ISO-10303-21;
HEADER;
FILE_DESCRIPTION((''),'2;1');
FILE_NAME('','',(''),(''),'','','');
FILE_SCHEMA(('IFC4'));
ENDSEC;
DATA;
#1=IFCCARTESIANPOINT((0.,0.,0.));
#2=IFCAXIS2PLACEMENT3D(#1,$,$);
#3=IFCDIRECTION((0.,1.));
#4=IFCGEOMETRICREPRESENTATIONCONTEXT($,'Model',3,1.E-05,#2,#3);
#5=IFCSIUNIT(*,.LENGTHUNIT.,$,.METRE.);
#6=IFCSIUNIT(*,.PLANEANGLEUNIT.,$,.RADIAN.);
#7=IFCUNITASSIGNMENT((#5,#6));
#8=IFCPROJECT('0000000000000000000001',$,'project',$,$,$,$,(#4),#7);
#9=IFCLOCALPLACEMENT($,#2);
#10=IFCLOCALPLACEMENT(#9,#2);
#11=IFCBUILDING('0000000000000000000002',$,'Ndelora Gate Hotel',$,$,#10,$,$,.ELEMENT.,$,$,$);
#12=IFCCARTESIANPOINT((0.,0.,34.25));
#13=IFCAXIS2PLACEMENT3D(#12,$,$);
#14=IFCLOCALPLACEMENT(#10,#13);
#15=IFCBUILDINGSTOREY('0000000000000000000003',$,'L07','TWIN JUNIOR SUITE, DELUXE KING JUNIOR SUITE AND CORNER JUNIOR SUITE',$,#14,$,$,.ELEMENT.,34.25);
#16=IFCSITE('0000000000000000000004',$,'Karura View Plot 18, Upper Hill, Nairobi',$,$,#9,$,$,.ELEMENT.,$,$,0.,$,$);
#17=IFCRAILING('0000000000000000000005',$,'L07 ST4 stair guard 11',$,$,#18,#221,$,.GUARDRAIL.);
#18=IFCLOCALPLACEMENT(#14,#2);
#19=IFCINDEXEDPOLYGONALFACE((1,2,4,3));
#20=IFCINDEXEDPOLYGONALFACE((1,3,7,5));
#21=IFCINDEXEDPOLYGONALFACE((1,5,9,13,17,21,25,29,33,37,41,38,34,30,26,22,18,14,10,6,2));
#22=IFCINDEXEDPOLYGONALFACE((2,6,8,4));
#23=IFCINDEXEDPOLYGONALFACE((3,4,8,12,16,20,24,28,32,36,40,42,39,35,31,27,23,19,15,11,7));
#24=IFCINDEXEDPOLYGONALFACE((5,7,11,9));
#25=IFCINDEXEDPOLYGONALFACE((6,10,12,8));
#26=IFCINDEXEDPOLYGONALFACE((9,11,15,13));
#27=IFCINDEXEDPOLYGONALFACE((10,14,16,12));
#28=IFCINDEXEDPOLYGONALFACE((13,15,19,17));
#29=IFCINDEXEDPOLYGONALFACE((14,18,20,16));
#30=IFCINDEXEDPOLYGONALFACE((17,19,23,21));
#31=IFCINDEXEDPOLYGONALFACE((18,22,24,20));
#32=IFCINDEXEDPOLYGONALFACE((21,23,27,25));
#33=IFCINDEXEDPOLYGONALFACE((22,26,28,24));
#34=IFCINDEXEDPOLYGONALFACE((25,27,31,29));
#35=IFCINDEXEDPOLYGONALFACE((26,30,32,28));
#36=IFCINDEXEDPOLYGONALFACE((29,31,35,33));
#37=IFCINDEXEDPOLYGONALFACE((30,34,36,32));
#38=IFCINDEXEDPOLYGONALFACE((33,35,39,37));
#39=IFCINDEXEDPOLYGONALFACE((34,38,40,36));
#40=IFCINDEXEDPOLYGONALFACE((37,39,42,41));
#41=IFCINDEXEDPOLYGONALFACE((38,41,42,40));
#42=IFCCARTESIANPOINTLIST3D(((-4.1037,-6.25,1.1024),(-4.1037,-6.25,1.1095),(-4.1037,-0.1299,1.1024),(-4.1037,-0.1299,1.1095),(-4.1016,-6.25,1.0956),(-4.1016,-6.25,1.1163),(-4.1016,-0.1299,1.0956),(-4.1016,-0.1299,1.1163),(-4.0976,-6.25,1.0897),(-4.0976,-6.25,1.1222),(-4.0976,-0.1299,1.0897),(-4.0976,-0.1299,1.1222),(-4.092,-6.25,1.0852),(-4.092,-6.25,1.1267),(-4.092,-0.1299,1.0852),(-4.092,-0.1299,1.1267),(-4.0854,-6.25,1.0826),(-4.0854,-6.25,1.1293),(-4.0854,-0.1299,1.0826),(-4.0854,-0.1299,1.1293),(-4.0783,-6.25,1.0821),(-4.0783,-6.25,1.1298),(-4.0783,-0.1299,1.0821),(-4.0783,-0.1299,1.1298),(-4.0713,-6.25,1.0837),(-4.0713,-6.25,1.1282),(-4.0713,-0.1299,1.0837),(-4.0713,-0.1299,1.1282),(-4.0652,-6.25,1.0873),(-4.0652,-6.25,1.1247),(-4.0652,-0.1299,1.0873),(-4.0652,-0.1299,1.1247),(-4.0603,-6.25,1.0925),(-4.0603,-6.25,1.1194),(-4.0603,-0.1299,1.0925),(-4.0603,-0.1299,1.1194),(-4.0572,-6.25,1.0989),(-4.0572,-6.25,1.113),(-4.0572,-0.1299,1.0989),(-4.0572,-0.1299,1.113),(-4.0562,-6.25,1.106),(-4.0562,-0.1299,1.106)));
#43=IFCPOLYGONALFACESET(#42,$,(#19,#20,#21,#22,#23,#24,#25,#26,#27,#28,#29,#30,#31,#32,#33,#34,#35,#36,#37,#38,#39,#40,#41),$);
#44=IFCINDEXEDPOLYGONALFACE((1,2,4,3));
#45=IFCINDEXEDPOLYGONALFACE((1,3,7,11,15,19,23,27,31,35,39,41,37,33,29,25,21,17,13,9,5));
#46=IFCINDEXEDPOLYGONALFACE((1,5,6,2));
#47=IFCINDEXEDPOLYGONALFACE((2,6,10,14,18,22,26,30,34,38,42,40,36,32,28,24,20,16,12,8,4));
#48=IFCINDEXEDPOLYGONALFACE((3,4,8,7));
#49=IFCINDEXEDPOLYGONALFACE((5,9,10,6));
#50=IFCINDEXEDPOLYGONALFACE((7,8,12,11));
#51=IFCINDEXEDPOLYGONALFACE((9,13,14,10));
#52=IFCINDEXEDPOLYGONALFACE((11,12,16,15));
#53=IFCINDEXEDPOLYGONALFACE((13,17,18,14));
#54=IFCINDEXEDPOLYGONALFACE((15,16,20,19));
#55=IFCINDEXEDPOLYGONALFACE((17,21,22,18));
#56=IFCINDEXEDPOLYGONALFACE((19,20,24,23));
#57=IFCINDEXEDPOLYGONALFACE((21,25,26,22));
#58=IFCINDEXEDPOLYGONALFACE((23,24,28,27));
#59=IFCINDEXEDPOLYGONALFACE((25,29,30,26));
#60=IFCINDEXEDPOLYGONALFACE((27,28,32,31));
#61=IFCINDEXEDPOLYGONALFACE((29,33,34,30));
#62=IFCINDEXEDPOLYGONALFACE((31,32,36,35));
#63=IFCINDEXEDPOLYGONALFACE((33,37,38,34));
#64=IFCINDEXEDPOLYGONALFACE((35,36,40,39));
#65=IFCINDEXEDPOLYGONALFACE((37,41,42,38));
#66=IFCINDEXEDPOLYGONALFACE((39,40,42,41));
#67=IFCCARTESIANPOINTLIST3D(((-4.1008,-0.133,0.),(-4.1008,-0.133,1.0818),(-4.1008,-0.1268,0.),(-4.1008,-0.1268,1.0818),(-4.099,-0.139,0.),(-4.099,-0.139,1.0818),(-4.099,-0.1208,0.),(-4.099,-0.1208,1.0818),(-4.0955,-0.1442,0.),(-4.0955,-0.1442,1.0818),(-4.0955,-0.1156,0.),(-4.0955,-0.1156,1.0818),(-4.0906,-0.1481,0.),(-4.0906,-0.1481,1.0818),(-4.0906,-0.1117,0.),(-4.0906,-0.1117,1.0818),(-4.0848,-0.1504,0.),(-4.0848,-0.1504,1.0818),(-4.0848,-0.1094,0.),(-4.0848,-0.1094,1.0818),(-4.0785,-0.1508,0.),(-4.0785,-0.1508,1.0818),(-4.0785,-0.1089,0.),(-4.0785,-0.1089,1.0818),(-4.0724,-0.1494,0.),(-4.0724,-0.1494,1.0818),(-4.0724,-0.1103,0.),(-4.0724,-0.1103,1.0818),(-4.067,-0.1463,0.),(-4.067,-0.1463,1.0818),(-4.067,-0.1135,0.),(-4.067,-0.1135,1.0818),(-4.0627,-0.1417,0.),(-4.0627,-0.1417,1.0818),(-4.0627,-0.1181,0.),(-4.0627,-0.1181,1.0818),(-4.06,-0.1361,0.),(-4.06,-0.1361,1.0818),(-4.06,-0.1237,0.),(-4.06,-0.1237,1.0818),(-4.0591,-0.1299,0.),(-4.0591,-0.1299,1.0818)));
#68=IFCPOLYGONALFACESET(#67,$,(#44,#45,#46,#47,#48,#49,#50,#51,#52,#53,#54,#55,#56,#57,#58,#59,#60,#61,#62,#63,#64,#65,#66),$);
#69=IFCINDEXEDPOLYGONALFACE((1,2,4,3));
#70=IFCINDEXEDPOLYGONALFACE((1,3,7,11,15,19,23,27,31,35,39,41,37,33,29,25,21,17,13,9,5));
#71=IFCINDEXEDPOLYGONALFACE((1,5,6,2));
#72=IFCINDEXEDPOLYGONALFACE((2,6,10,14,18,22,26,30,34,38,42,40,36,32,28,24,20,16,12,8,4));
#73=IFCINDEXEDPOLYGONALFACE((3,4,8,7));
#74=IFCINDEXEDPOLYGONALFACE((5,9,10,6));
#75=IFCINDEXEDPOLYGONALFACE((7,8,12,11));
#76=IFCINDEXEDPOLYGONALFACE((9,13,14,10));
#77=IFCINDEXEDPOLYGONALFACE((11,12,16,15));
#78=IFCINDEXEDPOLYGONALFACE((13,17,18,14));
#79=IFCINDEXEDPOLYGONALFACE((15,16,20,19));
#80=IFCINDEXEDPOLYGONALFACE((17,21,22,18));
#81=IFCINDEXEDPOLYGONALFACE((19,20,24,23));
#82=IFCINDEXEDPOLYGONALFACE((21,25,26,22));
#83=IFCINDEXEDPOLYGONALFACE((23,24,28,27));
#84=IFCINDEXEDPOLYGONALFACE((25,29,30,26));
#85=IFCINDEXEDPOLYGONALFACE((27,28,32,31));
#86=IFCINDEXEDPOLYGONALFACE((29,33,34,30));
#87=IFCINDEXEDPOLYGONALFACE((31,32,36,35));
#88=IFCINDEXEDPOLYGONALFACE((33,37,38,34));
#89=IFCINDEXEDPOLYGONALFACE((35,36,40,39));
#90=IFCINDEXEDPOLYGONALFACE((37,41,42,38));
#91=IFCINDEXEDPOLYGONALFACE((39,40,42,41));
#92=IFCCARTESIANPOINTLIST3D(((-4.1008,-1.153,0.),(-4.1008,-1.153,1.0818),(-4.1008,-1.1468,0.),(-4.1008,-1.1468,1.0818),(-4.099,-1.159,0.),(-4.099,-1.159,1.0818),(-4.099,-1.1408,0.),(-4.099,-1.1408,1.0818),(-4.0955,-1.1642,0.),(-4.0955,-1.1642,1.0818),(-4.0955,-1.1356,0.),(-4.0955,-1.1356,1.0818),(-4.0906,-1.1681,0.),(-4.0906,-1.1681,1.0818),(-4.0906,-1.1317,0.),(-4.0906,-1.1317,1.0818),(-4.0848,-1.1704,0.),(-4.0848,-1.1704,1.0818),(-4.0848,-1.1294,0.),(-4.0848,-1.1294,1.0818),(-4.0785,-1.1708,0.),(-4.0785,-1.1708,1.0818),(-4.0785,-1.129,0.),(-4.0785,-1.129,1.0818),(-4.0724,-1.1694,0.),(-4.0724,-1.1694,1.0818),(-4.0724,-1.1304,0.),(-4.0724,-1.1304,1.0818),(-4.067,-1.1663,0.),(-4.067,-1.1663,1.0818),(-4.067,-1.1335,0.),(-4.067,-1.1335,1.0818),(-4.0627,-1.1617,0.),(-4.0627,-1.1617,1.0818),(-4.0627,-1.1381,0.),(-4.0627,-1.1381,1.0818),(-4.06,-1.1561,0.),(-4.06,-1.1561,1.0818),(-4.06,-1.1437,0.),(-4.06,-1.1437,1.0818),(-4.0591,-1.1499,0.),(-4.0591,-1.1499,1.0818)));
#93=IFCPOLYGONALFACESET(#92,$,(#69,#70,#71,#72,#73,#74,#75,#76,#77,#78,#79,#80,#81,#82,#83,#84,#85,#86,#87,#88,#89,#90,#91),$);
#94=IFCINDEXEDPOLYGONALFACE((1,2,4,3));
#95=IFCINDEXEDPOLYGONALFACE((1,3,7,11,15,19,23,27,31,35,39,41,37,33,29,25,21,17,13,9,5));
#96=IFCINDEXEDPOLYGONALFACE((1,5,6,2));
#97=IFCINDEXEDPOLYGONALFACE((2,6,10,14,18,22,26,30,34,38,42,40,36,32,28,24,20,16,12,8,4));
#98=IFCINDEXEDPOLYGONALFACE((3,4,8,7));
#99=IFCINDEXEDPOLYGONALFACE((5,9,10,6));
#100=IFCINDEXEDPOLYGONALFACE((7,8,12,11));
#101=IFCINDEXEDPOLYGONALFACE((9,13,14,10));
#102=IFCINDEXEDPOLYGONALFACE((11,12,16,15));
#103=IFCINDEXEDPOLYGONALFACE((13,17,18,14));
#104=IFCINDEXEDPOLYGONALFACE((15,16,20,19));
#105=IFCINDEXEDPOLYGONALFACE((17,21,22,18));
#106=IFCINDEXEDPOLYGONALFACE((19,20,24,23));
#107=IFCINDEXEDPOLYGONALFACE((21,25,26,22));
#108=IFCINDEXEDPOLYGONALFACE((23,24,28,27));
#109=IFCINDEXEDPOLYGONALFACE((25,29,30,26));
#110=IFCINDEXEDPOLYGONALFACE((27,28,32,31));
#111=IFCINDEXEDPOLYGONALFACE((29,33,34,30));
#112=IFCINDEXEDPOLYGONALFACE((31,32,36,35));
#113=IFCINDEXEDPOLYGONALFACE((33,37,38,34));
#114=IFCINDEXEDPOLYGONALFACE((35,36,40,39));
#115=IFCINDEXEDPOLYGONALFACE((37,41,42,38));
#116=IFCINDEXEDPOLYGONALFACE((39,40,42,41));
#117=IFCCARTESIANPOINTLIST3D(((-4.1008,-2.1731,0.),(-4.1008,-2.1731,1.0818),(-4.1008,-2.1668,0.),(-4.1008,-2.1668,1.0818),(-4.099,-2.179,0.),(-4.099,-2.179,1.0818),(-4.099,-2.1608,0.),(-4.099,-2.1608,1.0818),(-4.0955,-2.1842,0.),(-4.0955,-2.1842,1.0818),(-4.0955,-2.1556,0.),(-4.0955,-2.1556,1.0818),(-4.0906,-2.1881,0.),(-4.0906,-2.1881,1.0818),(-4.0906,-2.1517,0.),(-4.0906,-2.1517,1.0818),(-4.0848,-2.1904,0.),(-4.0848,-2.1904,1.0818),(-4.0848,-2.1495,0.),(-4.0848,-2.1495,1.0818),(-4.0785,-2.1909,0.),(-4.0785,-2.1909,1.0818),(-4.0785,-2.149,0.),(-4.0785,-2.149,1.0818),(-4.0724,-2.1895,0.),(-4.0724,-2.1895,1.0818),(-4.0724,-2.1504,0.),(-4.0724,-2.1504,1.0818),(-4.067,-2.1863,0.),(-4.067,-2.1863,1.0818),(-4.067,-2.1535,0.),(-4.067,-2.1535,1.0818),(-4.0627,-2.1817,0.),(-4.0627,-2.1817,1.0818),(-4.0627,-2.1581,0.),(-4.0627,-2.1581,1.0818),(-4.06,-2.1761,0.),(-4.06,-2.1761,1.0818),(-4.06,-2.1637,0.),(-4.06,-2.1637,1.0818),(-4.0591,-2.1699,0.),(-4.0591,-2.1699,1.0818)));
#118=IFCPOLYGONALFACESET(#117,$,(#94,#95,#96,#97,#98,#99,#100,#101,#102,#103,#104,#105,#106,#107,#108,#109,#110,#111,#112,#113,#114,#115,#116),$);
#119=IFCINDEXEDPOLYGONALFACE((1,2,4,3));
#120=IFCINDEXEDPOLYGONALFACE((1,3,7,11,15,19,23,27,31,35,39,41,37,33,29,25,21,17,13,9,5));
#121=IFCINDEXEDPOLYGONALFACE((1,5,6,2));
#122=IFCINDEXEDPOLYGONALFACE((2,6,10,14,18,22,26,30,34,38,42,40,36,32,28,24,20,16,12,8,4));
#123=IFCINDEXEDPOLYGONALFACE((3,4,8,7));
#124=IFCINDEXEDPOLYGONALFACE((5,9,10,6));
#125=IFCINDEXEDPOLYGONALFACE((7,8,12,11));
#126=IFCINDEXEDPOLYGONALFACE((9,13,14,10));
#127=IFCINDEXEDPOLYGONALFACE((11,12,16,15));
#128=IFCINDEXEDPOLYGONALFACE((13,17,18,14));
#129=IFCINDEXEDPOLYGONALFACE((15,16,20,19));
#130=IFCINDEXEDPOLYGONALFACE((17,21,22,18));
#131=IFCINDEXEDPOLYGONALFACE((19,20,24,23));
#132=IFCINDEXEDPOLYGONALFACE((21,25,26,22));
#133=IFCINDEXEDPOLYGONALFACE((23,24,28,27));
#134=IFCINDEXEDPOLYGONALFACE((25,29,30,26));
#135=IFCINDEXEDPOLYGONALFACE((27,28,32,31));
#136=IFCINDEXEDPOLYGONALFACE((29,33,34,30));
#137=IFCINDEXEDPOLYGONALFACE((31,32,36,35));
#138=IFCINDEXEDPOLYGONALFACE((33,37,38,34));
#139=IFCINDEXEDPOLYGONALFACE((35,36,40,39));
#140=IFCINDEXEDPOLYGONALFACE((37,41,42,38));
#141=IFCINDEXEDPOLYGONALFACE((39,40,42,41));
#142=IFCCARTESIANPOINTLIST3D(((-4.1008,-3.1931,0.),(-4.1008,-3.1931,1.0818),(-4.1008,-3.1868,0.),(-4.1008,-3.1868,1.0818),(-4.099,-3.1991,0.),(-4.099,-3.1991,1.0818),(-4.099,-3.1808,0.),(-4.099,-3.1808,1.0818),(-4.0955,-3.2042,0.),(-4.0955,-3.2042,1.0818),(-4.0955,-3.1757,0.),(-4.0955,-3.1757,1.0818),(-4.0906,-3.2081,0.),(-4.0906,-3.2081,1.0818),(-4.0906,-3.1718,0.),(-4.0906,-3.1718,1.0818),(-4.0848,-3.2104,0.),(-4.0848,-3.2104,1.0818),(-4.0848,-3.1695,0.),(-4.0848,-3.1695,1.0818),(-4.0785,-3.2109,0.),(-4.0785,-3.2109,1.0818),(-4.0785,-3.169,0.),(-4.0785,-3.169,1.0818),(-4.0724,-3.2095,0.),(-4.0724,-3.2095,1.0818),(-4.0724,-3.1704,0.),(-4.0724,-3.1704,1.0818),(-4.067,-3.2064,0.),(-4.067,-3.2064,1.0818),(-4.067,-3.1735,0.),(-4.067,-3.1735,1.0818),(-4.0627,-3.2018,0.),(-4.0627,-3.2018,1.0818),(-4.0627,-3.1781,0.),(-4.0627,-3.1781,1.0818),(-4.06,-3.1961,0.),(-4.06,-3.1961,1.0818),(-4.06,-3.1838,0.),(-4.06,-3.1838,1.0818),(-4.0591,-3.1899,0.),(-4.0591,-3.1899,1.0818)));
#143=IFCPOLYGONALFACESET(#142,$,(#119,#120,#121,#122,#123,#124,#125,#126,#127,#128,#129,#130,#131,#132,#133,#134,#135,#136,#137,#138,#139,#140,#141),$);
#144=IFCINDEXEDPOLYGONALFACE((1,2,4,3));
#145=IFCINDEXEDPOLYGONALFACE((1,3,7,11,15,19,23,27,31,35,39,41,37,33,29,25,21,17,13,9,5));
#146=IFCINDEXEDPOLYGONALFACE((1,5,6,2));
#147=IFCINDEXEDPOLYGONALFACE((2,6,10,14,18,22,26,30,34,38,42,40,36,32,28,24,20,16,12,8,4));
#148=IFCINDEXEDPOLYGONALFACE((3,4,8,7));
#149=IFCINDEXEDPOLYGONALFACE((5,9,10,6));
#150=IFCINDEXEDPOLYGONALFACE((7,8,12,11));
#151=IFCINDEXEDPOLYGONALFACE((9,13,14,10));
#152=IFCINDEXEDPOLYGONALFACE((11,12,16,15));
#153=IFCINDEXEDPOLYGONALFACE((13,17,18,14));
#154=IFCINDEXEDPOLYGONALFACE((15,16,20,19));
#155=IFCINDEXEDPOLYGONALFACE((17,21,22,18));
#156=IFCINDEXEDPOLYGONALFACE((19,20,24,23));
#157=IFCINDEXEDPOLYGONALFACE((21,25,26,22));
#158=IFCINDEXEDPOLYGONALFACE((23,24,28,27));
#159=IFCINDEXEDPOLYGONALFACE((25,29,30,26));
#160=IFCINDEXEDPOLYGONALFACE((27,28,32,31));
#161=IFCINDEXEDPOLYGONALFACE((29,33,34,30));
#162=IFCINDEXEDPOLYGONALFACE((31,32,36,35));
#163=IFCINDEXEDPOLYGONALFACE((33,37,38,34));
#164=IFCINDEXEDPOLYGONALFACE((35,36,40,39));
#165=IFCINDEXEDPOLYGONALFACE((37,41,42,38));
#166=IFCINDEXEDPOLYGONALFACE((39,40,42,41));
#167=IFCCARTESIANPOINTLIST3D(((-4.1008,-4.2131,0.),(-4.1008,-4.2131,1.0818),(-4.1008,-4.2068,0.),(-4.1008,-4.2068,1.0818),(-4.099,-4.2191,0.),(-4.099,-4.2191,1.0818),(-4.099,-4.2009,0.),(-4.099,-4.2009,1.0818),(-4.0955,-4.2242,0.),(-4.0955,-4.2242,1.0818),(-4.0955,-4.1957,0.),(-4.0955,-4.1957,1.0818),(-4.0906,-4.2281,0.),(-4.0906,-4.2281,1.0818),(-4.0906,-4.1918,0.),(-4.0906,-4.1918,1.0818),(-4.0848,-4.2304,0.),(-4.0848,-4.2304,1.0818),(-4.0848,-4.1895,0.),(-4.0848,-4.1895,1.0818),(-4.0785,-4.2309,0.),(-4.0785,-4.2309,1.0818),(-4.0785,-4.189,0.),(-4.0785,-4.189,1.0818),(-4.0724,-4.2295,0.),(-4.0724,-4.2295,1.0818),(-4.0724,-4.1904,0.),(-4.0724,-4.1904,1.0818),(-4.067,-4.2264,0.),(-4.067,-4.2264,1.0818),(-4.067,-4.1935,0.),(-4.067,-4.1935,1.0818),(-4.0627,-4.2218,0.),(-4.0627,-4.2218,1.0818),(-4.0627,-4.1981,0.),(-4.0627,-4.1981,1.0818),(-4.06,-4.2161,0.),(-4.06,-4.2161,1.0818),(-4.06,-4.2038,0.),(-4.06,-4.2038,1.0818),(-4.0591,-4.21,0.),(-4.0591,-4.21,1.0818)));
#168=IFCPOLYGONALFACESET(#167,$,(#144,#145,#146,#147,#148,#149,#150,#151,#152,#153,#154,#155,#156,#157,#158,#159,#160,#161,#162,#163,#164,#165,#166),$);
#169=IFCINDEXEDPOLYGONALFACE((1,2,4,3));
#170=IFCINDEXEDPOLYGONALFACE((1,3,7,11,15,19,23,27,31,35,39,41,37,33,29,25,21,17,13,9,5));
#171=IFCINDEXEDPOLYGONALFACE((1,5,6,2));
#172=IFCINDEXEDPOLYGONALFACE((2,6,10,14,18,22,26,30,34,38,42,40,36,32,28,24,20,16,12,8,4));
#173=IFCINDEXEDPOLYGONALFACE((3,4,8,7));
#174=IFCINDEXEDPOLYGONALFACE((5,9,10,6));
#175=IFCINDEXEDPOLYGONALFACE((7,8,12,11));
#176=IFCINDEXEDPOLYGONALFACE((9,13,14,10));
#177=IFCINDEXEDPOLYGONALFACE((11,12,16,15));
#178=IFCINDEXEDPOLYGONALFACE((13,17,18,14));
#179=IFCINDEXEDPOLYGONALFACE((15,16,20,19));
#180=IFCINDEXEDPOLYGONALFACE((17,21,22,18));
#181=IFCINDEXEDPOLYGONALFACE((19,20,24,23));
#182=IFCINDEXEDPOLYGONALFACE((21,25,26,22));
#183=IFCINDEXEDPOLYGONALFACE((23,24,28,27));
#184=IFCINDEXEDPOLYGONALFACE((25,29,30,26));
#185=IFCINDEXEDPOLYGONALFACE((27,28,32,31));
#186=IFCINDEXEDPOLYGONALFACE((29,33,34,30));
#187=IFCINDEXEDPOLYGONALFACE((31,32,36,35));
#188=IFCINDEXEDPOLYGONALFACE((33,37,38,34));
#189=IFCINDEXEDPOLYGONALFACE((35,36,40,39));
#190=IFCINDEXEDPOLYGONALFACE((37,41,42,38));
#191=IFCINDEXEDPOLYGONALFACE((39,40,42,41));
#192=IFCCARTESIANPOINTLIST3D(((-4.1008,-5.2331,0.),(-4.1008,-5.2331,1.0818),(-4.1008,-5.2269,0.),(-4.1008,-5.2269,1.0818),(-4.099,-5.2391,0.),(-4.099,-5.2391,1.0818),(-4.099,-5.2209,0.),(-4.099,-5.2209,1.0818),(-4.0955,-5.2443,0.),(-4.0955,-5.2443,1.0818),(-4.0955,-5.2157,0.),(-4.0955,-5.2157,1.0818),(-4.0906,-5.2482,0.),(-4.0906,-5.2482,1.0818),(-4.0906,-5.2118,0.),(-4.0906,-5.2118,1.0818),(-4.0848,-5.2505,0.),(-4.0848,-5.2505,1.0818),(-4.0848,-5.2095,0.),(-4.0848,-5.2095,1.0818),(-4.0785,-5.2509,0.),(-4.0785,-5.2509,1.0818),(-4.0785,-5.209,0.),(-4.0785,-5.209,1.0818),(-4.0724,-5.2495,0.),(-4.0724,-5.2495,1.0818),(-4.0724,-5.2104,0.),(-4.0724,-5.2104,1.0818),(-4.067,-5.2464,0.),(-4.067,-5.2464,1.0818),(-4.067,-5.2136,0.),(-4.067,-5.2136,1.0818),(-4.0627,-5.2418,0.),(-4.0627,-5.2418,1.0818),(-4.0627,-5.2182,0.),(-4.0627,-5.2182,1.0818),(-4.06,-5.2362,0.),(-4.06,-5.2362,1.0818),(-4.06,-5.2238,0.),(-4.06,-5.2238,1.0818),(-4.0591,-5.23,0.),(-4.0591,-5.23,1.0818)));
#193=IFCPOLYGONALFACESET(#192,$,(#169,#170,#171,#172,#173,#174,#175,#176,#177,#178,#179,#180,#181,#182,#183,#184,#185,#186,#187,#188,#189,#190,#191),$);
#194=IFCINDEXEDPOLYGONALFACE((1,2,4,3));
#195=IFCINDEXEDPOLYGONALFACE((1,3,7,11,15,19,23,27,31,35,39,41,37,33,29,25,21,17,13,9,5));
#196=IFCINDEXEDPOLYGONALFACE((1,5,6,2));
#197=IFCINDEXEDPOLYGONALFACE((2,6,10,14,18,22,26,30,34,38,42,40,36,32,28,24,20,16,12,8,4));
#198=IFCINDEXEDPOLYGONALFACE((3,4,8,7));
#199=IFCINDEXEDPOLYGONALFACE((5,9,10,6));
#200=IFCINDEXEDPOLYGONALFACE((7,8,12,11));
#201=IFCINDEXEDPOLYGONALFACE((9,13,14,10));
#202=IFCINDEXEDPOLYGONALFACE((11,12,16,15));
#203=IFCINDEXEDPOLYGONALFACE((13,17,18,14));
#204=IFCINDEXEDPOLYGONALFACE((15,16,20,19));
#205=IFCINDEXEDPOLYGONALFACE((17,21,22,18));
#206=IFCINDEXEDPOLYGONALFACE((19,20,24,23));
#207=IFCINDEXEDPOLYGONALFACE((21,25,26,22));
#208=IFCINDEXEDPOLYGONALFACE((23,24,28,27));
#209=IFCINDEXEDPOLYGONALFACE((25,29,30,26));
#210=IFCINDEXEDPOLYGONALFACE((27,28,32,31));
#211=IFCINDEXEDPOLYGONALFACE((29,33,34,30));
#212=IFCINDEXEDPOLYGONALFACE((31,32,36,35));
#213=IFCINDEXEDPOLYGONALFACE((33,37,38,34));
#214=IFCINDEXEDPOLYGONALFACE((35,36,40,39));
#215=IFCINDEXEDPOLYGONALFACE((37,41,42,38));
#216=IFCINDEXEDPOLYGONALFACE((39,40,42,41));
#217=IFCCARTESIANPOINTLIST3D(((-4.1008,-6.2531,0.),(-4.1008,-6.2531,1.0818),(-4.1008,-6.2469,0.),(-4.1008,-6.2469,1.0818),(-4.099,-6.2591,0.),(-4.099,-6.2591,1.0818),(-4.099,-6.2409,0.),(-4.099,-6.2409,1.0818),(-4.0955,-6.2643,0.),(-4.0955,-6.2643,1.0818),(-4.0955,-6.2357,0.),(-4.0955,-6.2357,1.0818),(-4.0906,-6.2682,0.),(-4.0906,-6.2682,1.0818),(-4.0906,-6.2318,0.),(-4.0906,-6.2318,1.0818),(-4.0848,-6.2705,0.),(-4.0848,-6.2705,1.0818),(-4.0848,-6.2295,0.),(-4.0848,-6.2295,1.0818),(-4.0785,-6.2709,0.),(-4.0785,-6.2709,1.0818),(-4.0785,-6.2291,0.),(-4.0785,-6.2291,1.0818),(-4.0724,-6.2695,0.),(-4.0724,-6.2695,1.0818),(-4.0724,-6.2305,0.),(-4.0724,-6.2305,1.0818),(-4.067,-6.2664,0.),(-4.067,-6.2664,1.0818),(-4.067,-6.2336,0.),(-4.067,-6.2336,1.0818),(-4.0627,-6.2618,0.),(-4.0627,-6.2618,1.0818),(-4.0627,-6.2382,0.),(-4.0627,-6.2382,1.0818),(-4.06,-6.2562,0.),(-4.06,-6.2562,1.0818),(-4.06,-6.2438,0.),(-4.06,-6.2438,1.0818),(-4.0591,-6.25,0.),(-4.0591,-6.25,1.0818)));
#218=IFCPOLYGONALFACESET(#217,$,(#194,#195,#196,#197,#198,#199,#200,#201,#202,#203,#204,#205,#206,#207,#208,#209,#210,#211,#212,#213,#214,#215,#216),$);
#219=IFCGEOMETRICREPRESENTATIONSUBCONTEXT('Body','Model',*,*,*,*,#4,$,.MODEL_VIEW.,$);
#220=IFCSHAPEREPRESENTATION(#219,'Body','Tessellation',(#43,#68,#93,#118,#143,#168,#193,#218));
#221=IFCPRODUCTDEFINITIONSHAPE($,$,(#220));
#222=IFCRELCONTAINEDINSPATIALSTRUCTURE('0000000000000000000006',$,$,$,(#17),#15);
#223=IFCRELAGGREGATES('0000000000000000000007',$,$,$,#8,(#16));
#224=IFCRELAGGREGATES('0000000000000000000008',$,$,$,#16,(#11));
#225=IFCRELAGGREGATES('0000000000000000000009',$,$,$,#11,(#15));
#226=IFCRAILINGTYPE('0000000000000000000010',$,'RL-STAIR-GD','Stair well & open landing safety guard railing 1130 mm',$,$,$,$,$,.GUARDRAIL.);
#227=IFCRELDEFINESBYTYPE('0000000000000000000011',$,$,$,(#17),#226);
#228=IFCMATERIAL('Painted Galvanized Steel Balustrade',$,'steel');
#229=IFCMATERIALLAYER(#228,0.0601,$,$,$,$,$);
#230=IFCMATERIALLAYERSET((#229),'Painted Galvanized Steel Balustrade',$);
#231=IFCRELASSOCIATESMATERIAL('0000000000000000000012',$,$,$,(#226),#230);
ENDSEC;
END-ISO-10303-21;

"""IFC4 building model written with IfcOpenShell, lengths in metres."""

from ifc_helpers import new_model, si_unit, direction, frame, origin, origin_2d, place, context, subcontext, project, spatial, circle, extrude, material, layer, layer_set, type_object, element, save


model = new_model("IFC4")

# Units and contexts
model_context = context("Model", 3, precision=1e-05, world=origin(), true_north=direction((0.0, 1.0)))
body_context = subcontext(model_context, "Body", "Model", "MODEL_VIEW")
ifc_project = project(units=[si_unit("LENGTHUNIT", "METRE"), si_unit("PLANEANGLEUNIT", "RADIAN")], contexts=[model_context])

# Site, building, storey
site_placement = place(None, origin())
site = spatial("IfcSite", under=ifc_project, at=site_placement, Name="Karura View Plot 18, Upper Hill, Nairobi", CompositionType="ELEMENT", RefElevation=0.0)
building_placement = place(site_placement, origin())
building = spatial("IfcBuilding", under=site, at=building_placement, Name="Ndelora Gate Hotel", CompositionType="ELEMENT")
storey_placement = place(building_placement, frame((0.0, 0.0, 34.25)))
storey = spatial("IfcBuildingStorey", under=building, at=storey_placement, Name="L07", Description="TWIN JUNIOR SUITE, DELUXE KING JUNIOR SUITE AND CORNER JUNIOR SUITE", CompositionType="ELEMENT", Elevation=34.25)

# Railing
ifc_material_1 = material(Name="Painted Galvanized Steel Balustrade", Category="steel")
ifc_layer_1 = layer(ifc_material_1, 0.0601)
ifc_layer_set_1 = layer_set([ifc_layer_1], Name="Painted Galvanized Steel Balustrade")
railing_type = type_object("IfcRailingType", Name="RL-STAIR-GD", Description="Stair well & open landing safety guard railing 1130 mm", PredefinedType="GUARDRAIL", material=ifc_layer_set_1)
railing_placement = place(storey_placement, frame((-4.0801, -0.1299, 0.0)))
element("IfcRailing", 1, at=railing_placement, inside=storey, type_object=railing_type, Name="L07 ST4 stair guard 11", PredefinedType="GUARDRAIL", context=body_context, shape_type="SweptSolid", body=[
    extrude(circle(Radius=0.0239, at=origin_2d()), frame((0.0, 0.0, 1.106), z_axis=(0.0, -1.0, 0.0), x_axis=(1.0, 0.0, 0.0)), (0.0, 0.0, 1.0), 6.1201),
    extrude(circle(Radius=0.021, at=origin_2d()), origin(), (0.0, 0.0, 1.0), 1.0818),
    extrude(circle(Radius=0.021, at=origin_2d()), frame((0.0, -1.02, 0.0)), (0.0, 0.0, 1.0), 1.0818),
    extrude(circle(Radius=0.021, at=origin_2d()), frame((0.0, -2.04, 0.0)), (0.0, 0.0, 1.0), 1.0818),
    extrude(circle(Radius=0.021, at=origin_2d()), frame((0.0, -3.0601, 0.0)), (0.0, 0.0, 1.0), 1.0818),
    extrude(circle(Radius=0.021, at=origin_2d()), frame((0.0, -4.0801, 0.0)), (0.0, 0.0, 1.0), 1.0818),
    extrude(circle(Radius=0.021, at=origin_2d()), frame((0.0, -5.1001, 0.0)), (0.0, 0.0, 1.0), 1.0818),
    extrude(circle(Radius=0.021, at=origin_2d()), frame((0.0, -6.1201, 0.0)), (0.0, 0.0, 1.0), 1.0818),
])

save(model, "model.ifc")
